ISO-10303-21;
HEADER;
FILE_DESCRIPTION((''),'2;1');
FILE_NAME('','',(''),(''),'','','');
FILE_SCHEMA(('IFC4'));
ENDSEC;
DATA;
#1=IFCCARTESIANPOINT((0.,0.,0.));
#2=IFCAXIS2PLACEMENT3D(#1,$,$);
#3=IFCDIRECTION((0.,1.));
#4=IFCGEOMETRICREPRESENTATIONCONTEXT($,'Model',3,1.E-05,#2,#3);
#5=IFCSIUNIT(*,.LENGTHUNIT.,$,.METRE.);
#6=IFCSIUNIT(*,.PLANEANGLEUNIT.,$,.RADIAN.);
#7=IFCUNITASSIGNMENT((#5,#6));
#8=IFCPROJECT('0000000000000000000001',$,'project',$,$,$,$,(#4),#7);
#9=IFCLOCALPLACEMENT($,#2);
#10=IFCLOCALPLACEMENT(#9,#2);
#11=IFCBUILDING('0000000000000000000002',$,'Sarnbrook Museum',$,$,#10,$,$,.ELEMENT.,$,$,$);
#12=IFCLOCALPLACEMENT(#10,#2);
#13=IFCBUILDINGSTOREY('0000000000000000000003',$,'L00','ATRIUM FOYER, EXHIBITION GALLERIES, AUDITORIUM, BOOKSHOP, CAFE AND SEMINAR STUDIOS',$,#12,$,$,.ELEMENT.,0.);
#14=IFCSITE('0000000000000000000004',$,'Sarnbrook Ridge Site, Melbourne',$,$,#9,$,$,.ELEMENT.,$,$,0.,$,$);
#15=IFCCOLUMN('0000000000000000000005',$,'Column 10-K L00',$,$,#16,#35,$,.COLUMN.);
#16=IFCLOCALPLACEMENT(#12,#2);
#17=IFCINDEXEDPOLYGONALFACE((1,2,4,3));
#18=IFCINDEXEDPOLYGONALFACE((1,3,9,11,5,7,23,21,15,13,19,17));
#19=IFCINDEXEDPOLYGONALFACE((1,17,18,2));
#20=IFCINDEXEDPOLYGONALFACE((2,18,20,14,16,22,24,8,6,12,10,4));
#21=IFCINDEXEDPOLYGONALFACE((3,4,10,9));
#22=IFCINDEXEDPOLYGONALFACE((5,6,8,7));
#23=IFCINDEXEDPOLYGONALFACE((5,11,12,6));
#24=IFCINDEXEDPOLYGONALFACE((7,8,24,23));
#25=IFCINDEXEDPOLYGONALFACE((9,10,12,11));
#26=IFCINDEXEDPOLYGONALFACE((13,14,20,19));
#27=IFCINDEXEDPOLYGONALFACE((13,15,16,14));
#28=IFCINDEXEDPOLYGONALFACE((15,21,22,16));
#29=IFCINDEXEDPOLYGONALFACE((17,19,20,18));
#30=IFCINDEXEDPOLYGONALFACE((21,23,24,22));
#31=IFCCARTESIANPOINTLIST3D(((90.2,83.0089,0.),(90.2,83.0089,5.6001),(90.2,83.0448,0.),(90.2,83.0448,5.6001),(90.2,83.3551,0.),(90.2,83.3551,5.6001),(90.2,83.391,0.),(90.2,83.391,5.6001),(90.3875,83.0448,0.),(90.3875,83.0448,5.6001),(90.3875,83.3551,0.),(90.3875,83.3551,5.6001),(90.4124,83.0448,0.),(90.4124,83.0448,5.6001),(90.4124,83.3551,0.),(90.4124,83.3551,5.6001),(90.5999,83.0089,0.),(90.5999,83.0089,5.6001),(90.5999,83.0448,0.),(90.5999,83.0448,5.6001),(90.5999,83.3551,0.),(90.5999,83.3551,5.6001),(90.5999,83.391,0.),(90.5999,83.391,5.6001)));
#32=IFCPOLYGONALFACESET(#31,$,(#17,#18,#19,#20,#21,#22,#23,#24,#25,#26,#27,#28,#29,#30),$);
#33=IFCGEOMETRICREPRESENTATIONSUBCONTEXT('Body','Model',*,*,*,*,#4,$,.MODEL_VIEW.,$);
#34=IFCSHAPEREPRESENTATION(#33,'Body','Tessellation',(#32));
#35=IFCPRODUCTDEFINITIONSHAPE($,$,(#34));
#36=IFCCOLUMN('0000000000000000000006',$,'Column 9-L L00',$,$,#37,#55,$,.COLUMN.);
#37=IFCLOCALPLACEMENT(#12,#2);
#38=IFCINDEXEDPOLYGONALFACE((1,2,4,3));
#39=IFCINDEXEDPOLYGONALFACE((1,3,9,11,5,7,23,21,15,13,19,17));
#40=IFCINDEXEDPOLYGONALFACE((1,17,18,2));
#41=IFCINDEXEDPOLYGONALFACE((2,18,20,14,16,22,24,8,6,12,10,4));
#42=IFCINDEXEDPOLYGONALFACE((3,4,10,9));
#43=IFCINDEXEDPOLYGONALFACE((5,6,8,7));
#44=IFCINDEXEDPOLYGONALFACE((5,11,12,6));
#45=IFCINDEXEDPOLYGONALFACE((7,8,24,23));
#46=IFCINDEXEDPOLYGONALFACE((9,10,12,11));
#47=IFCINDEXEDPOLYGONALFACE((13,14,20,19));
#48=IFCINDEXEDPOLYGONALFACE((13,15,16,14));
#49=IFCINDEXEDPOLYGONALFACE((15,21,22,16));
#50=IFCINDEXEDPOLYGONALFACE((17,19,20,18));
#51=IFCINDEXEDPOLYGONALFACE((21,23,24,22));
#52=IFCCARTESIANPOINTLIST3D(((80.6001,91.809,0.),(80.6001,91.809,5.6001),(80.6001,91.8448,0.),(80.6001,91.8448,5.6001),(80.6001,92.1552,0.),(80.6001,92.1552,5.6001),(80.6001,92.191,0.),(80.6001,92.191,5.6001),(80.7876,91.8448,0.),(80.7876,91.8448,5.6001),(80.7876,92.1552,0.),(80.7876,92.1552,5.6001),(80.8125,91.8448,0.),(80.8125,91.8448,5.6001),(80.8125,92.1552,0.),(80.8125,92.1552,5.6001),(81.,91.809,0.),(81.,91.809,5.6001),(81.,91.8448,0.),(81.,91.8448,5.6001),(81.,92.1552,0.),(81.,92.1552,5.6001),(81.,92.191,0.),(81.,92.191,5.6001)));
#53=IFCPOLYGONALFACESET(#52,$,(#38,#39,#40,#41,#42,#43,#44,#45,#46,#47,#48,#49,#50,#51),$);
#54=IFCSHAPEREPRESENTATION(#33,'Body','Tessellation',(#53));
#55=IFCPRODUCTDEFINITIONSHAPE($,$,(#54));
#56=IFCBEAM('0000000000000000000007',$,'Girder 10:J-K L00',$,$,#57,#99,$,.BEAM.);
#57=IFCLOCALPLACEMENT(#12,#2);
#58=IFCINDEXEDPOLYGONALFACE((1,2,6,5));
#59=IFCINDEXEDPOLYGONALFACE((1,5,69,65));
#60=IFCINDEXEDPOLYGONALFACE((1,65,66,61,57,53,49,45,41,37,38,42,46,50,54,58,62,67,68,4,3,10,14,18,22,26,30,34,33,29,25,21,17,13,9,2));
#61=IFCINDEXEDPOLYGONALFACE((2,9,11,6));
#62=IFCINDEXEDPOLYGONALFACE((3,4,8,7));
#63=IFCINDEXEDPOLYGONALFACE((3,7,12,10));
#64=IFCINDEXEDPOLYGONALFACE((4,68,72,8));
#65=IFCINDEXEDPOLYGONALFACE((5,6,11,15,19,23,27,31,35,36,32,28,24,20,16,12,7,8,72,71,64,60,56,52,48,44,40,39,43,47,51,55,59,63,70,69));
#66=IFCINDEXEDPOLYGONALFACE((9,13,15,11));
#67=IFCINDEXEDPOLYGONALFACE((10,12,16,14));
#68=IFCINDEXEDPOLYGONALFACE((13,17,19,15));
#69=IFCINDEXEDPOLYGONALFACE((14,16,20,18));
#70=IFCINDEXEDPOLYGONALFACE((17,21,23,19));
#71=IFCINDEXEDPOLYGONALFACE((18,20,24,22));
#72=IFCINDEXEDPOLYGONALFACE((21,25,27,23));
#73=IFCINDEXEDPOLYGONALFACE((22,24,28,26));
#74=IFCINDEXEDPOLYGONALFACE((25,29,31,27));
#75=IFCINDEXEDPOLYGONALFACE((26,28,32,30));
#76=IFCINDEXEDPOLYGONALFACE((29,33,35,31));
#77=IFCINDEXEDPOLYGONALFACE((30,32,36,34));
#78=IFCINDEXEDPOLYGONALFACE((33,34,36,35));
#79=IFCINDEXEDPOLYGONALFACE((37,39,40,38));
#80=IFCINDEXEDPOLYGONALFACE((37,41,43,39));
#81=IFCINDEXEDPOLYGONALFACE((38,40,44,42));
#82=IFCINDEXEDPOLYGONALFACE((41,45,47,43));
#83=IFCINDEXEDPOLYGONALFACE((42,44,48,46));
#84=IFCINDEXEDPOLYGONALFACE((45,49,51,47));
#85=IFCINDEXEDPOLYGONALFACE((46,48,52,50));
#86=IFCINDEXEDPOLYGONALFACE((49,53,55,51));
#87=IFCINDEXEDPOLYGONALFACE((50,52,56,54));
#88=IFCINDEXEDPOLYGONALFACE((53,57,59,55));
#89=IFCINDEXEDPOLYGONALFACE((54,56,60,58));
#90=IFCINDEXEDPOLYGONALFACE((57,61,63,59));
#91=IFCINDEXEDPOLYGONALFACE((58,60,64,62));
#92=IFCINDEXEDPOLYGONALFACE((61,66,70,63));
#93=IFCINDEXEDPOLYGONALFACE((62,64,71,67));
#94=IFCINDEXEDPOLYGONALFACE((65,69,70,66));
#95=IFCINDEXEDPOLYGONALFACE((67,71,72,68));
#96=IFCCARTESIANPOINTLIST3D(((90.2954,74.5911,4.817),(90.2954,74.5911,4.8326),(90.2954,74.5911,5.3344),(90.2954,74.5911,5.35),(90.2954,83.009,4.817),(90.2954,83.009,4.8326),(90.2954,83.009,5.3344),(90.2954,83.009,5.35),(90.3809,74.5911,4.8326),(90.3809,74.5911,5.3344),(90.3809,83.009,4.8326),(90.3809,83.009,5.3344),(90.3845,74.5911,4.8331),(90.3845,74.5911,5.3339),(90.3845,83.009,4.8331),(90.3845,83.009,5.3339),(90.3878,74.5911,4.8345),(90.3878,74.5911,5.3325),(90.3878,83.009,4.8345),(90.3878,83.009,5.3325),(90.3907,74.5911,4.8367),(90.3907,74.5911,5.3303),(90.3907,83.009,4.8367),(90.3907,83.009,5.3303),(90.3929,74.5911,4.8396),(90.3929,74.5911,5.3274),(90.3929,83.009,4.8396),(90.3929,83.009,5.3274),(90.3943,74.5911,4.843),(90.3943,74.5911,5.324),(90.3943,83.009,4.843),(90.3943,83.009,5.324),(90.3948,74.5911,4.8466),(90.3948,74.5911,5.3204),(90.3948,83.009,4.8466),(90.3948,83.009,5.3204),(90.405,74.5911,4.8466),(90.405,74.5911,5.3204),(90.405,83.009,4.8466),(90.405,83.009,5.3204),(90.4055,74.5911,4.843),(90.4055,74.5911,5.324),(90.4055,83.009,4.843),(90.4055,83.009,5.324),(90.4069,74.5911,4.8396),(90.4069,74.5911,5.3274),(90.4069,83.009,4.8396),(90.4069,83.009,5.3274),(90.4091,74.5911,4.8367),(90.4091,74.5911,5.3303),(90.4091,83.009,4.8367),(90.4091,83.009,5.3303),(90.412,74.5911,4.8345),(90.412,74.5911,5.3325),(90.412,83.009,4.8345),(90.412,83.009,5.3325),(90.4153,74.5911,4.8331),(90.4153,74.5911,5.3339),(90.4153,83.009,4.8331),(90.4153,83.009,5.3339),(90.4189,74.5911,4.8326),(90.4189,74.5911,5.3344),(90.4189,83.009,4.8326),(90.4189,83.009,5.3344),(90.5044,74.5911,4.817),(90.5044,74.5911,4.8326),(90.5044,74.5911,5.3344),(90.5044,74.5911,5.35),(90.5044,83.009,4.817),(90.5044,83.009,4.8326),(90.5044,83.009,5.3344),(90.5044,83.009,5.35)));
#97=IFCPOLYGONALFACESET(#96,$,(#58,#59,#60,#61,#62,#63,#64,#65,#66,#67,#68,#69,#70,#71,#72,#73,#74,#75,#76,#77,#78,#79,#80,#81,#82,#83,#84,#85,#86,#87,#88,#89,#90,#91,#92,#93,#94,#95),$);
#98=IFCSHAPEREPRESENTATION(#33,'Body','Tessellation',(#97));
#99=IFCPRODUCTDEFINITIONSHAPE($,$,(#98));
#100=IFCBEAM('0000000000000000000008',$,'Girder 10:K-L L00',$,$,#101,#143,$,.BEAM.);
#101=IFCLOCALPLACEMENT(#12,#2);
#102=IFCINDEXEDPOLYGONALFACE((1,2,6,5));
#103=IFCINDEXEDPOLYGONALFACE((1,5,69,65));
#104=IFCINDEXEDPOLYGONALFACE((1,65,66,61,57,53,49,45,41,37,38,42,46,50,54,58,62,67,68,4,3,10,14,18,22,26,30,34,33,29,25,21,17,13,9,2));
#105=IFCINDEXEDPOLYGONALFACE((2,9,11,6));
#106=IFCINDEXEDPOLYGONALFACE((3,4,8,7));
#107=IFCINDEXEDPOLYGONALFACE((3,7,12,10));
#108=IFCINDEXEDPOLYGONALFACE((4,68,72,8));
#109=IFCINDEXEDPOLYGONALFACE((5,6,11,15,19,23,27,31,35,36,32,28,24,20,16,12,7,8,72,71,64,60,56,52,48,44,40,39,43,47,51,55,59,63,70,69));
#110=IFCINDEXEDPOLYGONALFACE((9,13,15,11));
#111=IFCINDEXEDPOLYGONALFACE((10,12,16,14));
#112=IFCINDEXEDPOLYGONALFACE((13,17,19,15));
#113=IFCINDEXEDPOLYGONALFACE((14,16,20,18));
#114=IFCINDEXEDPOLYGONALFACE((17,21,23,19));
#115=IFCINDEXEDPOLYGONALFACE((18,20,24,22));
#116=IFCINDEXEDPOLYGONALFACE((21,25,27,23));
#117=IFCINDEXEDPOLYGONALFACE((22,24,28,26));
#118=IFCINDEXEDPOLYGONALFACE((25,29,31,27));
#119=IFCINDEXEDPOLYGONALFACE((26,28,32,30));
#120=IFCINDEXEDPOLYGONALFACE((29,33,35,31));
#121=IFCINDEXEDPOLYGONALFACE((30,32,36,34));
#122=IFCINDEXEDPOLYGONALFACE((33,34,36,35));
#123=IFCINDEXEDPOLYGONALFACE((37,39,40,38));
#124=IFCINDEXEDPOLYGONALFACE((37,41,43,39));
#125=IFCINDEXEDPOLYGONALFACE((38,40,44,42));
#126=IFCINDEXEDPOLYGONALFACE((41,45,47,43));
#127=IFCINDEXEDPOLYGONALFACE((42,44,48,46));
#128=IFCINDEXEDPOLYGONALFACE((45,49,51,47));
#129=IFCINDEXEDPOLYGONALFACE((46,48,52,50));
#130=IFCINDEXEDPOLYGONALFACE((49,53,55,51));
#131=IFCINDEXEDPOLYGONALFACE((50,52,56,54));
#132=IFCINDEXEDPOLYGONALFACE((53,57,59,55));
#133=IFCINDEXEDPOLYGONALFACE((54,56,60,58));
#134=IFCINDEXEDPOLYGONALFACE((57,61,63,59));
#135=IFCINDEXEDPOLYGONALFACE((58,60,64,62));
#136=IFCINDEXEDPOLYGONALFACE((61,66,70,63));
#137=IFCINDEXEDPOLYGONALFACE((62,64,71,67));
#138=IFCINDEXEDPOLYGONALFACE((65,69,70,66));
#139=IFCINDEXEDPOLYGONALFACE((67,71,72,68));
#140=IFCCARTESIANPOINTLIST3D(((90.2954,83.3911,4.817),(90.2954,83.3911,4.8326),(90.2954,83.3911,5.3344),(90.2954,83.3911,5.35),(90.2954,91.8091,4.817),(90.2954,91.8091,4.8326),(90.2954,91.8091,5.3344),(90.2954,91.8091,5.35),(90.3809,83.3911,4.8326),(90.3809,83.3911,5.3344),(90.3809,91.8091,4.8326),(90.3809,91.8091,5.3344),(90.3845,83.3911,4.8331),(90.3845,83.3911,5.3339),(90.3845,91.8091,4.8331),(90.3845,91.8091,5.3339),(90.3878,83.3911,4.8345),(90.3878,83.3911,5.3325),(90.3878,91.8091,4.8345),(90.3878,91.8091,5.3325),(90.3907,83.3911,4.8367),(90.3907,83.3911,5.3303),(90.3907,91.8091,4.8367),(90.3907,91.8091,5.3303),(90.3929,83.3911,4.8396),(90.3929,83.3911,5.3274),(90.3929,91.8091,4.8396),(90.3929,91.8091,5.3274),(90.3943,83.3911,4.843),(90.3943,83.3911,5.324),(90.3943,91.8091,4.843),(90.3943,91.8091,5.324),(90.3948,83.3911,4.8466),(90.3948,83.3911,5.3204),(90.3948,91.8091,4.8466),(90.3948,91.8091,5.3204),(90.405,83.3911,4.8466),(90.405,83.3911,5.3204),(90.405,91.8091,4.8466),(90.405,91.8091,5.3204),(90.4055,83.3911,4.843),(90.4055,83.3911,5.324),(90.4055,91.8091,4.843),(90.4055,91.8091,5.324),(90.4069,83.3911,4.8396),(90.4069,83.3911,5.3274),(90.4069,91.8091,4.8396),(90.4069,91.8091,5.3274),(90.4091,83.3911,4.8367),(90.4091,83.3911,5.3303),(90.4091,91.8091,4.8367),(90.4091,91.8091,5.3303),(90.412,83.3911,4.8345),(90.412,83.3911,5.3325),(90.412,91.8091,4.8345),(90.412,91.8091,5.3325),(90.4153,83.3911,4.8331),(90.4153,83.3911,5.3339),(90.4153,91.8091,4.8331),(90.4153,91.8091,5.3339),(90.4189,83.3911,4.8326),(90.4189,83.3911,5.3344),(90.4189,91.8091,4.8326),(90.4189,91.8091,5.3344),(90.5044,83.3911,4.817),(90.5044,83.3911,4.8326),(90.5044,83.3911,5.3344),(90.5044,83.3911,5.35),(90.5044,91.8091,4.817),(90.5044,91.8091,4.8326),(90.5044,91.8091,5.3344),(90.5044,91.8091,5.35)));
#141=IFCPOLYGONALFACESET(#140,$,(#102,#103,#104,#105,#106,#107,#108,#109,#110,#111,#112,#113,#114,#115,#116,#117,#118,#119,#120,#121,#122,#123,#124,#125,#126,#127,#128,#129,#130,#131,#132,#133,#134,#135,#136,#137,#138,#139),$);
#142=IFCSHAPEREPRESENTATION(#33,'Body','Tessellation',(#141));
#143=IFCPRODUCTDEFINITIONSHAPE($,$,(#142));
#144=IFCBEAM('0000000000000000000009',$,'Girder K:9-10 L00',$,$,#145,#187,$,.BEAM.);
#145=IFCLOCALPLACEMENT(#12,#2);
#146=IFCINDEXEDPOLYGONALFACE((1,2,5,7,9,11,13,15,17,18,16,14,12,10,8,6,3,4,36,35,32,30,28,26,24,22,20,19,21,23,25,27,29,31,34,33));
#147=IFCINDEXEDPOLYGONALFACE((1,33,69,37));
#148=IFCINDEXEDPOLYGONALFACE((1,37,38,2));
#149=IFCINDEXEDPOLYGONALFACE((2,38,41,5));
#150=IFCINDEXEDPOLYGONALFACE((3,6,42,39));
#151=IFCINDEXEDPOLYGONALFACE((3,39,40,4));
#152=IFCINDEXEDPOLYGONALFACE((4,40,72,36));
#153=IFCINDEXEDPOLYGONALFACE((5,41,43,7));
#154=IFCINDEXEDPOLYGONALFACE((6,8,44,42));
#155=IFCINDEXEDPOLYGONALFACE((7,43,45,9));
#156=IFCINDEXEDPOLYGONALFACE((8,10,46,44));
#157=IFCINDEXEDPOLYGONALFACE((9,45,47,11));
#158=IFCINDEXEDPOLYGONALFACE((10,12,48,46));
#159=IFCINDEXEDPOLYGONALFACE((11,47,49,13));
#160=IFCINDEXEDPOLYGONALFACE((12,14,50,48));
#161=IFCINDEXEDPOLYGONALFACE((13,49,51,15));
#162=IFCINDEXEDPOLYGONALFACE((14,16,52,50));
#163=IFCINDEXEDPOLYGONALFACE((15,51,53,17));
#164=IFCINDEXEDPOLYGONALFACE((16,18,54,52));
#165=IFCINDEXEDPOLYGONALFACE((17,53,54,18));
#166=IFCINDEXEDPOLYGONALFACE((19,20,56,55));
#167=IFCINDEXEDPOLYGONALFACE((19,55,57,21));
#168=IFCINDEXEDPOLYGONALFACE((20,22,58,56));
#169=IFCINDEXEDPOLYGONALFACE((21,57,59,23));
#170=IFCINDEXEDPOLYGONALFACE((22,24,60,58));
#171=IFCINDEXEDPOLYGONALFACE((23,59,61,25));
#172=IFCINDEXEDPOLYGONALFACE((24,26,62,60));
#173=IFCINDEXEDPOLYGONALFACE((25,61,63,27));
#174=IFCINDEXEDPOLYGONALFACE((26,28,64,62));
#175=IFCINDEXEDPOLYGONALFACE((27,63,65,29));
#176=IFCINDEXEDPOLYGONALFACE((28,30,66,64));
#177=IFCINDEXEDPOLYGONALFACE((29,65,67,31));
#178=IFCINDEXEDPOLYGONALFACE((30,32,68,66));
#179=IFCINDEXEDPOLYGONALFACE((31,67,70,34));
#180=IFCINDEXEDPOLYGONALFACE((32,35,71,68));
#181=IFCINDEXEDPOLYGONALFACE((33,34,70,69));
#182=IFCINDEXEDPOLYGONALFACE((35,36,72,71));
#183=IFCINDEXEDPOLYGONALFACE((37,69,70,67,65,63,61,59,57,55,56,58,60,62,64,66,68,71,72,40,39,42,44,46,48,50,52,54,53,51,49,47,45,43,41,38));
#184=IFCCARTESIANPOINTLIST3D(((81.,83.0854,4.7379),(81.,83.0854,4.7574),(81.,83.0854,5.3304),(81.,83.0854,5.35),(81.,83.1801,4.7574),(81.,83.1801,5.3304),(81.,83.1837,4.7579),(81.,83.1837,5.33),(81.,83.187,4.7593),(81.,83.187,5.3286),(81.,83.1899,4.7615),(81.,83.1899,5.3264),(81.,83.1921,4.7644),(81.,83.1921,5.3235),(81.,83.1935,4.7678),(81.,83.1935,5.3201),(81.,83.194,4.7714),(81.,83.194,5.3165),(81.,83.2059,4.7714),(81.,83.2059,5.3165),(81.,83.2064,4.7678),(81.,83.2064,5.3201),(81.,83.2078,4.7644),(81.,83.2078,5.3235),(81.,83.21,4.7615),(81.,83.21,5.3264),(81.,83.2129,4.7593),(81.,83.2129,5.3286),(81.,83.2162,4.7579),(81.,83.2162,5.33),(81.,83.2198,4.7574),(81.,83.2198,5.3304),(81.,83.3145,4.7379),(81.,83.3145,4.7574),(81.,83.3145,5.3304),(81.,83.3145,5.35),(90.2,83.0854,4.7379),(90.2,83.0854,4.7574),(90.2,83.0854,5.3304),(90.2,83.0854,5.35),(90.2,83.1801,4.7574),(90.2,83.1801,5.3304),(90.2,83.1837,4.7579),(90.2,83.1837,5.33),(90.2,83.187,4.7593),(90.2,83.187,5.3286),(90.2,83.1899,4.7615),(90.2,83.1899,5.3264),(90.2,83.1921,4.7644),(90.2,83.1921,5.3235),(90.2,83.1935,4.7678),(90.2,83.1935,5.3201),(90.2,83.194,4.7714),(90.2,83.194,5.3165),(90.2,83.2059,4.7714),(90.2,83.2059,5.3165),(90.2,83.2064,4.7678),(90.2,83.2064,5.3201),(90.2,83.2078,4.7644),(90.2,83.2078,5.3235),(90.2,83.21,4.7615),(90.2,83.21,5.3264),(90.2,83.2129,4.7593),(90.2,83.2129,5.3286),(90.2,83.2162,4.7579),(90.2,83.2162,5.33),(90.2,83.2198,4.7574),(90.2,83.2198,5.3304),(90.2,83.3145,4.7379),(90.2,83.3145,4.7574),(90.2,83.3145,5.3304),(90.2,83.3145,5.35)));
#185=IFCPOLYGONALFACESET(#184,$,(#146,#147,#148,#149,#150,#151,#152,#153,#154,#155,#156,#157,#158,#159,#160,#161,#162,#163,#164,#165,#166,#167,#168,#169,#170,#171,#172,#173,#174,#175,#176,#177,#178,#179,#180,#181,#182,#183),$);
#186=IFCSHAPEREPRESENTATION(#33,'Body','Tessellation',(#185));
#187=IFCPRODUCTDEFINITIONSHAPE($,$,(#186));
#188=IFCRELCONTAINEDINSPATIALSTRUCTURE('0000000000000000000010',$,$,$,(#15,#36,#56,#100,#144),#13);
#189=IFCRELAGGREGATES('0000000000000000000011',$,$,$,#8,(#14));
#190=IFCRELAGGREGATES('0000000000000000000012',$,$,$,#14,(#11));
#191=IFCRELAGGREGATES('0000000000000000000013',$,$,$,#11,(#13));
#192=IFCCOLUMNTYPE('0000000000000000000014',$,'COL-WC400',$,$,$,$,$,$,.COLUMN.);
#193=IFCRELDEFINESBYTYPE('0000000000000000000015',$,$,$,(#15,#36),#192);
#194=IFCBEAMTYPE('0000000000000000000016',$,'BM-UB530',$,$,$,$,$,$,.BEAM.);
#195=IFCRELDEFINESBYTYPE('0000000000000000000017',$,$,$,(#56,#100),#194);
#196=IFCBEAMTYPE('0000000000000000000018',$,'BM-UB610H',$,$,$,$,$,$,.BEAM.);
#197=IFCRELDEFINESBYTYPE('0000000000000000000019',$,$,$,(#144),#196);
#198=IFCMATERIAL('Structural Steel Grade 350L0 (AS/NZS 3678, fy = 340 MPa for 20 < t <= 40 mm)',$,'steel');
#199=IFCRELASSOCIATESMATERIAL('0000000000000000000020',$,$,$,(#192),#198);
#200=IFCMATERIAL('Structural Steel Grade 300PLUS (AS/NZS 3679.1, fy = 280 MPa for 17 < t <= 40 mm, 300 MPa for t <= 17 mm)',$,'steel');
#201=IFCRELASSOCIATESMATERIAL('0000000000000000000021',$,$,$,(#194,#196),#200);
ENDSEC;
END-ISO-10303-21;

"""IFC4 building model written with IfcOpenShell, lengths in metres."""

from ifc_helpers import new_model, si_unit, direction, frame, origin, origin_2d, place, context, subcontext, project, spatial, i_section, extrude, material, material_profile, profile_set, type_object, element, save


model = new_model("IFC4")

# Units and contexts
model_context = context("Model", 3, precision=1e-05, world=origin(), true_north=direction((0.0, 1.0)))
body_context = subcontext(model_context, "Body", "Model", "MODEL_VIEW")
ifc_project = project(units=[si_unit("LENGTHUNIT", "METRE"), si_unit("PLANEANGLEUNIT", "RADIAN")], contexts=[model_context])

# Site, building, storey
site_placement = place(None, origin())
site = spatial("IfcSite", under=ifc_project, at=site_placement, Name="Sarnbrook Ridge Site, Melbourne", CompositionType="ELEMENT", RefElevation=0.0)
building_placement = place(site_placement, origin())
building = spatial("IfcBuilding", under=site, at=building_placement, Name="Sarnbrook Museum", CompositionType="ELEMENT")
storey_placement = place(building_placement, origin())
storey = spatial("IfcBuildingStorey", under=building, at=storey_placement, Name="L00", Description="ATRIUM FOYER, EXHIBITION GALLERIES, AUDITORIUM, BOOKSHOP, CAFE AND SEMINAR STUDIOS", CompositionType="ELEMENT", Elevation=0.0)

# Columns
ifc_material_1 = material(Name="Structural Steel Grade 350L0 (AS/NZS 3678, fy = 340 MPa for 20 < t <= 40 mm)", Category="steel")
ifc_material_profile_1 = material_profile(ifc_material_1, i_section(OverallWidth=0.3999, OverallDepth=0.3821, WebThickness=0.0249, FlangeThickness=0.0359, at=origin_2d()), Name="400WC270")
ifc_profile_set_1 = profile_set([ifc_material_profile_1], Name="Structural Steel Grade 350L0 (AS/NZS 3678, fy = 340 MPa for 20 < t <= 40 mm)")
column_type = type_object("IfcColumnType", Name="COL-WC400", PredefinedType="COLUMN", material=ifc_profile_set_1)
for number, where, z_axis, x_axis, name in (
    (1, (90.3999, 83.2, 0.0), (0.0, 0.0, 1.0), (1.0, 0.0, 0.0), "Column 10-K L00"),
    (2, (80.8, 92.0, 0.0), (0.0, 0.0, 1.0), (1.0, 0.0, 0.0), "Column 9-L L00"),
):
    element("IfcColumn", number, at=place(storey_placement, frame(where, z_axis=z_axis, x_axis=x_axis)), inside=storey, type_object=column_type, Name=name, PredefinedType="COLUMN", context=body_context, shape_type="SweptSolid", body=[
        extrude(i_section(OverallWidth=0.3999, OverallDepth=0.3821, WebThickness=0.0249, FlangeThickness=0.0359, at=origin_2d()), origin(), (0.0, 0.0, 1.0), 5.6001),
    ])

# Beams
ifc_material_2 = material(Name="Structural Steel Grade 300PLUS (AS/NZS 3679.1, fy = 280 MPa for 17 < t <= 40 mm, 300 MPa for t <= 17 mm)", Category="steel")
ifc_material_profile_2 = material_profile(ifc_material_2, i_section(OverallWidth=0.209, OverallDepth=0.533, WebThickness=0.0103, FlangeThickness=0.0156, FilletRadius=0.0139, at=origin_2d()), Name="530UB92.4")
ifc_profile_set_2 = profile_set([ifc_material_profile_2], Name="Structural Steel Grade 300PLUS (AS/NZS 3679.1, fy = 280 MPa for 17 < t <= 40 mm, 300 MPa for t <= 17 mm)")
beam_type_1 = type_object("IfcBeamType", Name="BM-UB530", PredefinedType="BEAM", material=ifc_profile_set_2)
for number, where, z_axis, x_axis, name in (
    (3, (90.3999, 74.5911, 5.0835), (0.0, 1.0, 0.0), (-1.0, 0.0, 0.0), "Girder 10:J-K L00"),
    (4, (90.3999, 83.3911, 5.0835), (0.0, 1.0, 0.0), (-1.0, 0.0, 0.0), "Girder 10:K-L L00"),
):
    element("IfcBeam", number, at=place(storey_placement, frame(where, z_axis=z_axis, x_axis=x_axis)), inside=storey, type_object=beam_type_1, Name=name, PredefinedType="BEAM", context=body_context, shape_type="SweptSolid", body=[
        extrude(i_section(OverallWidth=0.209, OverallDepth=0.533, WebThickness=0.0103, FlangeThickness=0.0156, FilletRadius=0.0139, at=origin_2d()), origin(), (0.0, 0.0, 1.0), 8.418),
    ])
ifc_material_profile_3 = material_profile(ifc_material_2, i_section(OverallWidth=0.229, OverallDepth=0.6121, WebThickness=0.012, FlangeThickness=0.0195, FilletRadius=0.0139, at=origin_2d()), Name="610UB125")
ifc_profile_set_3 = profile_set([ifc_material_profile_3], Name="Structural Steel Grade 300PLUS (AS/NZS 3679.1, fy = 280 MPa for 17 < t <= 40 mm, 300 MPa for t <= 17 mm)")
beam_type_2 = type_object("IfcBeamType", Name="BM-UB610H", PredefinedType="BEAM", material=ifc_profile_set_3)
for number, where, z_axis, x_axis, name in (
    (5, (81.0, 83.2, 5.0439), (1.0, 0.0, 0.0), (0.0, 1.0, 0.0), "Girder K:9-10 L00"),
):
    element("IfcBeam", number, at=place(storey_placement, frame(where, z_axis=z_axis, x_axis=x_axis)), inside=storey, type_object=beam_type_2, Name=name, PredefinedType="BEAM", context=body_context, shape_type="SweptSolid", body=[
        extrude(i_section(OverallWidth=0.229, OverallDepth=0.6121, WebThickness=0.012, FlangeThickness=0.0195, FilletRadius=0.0139, at=origin_2d()), origin(), (0.0, 0.0, 1.0), 9.2),
    ])

save(model, "model.ifc")
